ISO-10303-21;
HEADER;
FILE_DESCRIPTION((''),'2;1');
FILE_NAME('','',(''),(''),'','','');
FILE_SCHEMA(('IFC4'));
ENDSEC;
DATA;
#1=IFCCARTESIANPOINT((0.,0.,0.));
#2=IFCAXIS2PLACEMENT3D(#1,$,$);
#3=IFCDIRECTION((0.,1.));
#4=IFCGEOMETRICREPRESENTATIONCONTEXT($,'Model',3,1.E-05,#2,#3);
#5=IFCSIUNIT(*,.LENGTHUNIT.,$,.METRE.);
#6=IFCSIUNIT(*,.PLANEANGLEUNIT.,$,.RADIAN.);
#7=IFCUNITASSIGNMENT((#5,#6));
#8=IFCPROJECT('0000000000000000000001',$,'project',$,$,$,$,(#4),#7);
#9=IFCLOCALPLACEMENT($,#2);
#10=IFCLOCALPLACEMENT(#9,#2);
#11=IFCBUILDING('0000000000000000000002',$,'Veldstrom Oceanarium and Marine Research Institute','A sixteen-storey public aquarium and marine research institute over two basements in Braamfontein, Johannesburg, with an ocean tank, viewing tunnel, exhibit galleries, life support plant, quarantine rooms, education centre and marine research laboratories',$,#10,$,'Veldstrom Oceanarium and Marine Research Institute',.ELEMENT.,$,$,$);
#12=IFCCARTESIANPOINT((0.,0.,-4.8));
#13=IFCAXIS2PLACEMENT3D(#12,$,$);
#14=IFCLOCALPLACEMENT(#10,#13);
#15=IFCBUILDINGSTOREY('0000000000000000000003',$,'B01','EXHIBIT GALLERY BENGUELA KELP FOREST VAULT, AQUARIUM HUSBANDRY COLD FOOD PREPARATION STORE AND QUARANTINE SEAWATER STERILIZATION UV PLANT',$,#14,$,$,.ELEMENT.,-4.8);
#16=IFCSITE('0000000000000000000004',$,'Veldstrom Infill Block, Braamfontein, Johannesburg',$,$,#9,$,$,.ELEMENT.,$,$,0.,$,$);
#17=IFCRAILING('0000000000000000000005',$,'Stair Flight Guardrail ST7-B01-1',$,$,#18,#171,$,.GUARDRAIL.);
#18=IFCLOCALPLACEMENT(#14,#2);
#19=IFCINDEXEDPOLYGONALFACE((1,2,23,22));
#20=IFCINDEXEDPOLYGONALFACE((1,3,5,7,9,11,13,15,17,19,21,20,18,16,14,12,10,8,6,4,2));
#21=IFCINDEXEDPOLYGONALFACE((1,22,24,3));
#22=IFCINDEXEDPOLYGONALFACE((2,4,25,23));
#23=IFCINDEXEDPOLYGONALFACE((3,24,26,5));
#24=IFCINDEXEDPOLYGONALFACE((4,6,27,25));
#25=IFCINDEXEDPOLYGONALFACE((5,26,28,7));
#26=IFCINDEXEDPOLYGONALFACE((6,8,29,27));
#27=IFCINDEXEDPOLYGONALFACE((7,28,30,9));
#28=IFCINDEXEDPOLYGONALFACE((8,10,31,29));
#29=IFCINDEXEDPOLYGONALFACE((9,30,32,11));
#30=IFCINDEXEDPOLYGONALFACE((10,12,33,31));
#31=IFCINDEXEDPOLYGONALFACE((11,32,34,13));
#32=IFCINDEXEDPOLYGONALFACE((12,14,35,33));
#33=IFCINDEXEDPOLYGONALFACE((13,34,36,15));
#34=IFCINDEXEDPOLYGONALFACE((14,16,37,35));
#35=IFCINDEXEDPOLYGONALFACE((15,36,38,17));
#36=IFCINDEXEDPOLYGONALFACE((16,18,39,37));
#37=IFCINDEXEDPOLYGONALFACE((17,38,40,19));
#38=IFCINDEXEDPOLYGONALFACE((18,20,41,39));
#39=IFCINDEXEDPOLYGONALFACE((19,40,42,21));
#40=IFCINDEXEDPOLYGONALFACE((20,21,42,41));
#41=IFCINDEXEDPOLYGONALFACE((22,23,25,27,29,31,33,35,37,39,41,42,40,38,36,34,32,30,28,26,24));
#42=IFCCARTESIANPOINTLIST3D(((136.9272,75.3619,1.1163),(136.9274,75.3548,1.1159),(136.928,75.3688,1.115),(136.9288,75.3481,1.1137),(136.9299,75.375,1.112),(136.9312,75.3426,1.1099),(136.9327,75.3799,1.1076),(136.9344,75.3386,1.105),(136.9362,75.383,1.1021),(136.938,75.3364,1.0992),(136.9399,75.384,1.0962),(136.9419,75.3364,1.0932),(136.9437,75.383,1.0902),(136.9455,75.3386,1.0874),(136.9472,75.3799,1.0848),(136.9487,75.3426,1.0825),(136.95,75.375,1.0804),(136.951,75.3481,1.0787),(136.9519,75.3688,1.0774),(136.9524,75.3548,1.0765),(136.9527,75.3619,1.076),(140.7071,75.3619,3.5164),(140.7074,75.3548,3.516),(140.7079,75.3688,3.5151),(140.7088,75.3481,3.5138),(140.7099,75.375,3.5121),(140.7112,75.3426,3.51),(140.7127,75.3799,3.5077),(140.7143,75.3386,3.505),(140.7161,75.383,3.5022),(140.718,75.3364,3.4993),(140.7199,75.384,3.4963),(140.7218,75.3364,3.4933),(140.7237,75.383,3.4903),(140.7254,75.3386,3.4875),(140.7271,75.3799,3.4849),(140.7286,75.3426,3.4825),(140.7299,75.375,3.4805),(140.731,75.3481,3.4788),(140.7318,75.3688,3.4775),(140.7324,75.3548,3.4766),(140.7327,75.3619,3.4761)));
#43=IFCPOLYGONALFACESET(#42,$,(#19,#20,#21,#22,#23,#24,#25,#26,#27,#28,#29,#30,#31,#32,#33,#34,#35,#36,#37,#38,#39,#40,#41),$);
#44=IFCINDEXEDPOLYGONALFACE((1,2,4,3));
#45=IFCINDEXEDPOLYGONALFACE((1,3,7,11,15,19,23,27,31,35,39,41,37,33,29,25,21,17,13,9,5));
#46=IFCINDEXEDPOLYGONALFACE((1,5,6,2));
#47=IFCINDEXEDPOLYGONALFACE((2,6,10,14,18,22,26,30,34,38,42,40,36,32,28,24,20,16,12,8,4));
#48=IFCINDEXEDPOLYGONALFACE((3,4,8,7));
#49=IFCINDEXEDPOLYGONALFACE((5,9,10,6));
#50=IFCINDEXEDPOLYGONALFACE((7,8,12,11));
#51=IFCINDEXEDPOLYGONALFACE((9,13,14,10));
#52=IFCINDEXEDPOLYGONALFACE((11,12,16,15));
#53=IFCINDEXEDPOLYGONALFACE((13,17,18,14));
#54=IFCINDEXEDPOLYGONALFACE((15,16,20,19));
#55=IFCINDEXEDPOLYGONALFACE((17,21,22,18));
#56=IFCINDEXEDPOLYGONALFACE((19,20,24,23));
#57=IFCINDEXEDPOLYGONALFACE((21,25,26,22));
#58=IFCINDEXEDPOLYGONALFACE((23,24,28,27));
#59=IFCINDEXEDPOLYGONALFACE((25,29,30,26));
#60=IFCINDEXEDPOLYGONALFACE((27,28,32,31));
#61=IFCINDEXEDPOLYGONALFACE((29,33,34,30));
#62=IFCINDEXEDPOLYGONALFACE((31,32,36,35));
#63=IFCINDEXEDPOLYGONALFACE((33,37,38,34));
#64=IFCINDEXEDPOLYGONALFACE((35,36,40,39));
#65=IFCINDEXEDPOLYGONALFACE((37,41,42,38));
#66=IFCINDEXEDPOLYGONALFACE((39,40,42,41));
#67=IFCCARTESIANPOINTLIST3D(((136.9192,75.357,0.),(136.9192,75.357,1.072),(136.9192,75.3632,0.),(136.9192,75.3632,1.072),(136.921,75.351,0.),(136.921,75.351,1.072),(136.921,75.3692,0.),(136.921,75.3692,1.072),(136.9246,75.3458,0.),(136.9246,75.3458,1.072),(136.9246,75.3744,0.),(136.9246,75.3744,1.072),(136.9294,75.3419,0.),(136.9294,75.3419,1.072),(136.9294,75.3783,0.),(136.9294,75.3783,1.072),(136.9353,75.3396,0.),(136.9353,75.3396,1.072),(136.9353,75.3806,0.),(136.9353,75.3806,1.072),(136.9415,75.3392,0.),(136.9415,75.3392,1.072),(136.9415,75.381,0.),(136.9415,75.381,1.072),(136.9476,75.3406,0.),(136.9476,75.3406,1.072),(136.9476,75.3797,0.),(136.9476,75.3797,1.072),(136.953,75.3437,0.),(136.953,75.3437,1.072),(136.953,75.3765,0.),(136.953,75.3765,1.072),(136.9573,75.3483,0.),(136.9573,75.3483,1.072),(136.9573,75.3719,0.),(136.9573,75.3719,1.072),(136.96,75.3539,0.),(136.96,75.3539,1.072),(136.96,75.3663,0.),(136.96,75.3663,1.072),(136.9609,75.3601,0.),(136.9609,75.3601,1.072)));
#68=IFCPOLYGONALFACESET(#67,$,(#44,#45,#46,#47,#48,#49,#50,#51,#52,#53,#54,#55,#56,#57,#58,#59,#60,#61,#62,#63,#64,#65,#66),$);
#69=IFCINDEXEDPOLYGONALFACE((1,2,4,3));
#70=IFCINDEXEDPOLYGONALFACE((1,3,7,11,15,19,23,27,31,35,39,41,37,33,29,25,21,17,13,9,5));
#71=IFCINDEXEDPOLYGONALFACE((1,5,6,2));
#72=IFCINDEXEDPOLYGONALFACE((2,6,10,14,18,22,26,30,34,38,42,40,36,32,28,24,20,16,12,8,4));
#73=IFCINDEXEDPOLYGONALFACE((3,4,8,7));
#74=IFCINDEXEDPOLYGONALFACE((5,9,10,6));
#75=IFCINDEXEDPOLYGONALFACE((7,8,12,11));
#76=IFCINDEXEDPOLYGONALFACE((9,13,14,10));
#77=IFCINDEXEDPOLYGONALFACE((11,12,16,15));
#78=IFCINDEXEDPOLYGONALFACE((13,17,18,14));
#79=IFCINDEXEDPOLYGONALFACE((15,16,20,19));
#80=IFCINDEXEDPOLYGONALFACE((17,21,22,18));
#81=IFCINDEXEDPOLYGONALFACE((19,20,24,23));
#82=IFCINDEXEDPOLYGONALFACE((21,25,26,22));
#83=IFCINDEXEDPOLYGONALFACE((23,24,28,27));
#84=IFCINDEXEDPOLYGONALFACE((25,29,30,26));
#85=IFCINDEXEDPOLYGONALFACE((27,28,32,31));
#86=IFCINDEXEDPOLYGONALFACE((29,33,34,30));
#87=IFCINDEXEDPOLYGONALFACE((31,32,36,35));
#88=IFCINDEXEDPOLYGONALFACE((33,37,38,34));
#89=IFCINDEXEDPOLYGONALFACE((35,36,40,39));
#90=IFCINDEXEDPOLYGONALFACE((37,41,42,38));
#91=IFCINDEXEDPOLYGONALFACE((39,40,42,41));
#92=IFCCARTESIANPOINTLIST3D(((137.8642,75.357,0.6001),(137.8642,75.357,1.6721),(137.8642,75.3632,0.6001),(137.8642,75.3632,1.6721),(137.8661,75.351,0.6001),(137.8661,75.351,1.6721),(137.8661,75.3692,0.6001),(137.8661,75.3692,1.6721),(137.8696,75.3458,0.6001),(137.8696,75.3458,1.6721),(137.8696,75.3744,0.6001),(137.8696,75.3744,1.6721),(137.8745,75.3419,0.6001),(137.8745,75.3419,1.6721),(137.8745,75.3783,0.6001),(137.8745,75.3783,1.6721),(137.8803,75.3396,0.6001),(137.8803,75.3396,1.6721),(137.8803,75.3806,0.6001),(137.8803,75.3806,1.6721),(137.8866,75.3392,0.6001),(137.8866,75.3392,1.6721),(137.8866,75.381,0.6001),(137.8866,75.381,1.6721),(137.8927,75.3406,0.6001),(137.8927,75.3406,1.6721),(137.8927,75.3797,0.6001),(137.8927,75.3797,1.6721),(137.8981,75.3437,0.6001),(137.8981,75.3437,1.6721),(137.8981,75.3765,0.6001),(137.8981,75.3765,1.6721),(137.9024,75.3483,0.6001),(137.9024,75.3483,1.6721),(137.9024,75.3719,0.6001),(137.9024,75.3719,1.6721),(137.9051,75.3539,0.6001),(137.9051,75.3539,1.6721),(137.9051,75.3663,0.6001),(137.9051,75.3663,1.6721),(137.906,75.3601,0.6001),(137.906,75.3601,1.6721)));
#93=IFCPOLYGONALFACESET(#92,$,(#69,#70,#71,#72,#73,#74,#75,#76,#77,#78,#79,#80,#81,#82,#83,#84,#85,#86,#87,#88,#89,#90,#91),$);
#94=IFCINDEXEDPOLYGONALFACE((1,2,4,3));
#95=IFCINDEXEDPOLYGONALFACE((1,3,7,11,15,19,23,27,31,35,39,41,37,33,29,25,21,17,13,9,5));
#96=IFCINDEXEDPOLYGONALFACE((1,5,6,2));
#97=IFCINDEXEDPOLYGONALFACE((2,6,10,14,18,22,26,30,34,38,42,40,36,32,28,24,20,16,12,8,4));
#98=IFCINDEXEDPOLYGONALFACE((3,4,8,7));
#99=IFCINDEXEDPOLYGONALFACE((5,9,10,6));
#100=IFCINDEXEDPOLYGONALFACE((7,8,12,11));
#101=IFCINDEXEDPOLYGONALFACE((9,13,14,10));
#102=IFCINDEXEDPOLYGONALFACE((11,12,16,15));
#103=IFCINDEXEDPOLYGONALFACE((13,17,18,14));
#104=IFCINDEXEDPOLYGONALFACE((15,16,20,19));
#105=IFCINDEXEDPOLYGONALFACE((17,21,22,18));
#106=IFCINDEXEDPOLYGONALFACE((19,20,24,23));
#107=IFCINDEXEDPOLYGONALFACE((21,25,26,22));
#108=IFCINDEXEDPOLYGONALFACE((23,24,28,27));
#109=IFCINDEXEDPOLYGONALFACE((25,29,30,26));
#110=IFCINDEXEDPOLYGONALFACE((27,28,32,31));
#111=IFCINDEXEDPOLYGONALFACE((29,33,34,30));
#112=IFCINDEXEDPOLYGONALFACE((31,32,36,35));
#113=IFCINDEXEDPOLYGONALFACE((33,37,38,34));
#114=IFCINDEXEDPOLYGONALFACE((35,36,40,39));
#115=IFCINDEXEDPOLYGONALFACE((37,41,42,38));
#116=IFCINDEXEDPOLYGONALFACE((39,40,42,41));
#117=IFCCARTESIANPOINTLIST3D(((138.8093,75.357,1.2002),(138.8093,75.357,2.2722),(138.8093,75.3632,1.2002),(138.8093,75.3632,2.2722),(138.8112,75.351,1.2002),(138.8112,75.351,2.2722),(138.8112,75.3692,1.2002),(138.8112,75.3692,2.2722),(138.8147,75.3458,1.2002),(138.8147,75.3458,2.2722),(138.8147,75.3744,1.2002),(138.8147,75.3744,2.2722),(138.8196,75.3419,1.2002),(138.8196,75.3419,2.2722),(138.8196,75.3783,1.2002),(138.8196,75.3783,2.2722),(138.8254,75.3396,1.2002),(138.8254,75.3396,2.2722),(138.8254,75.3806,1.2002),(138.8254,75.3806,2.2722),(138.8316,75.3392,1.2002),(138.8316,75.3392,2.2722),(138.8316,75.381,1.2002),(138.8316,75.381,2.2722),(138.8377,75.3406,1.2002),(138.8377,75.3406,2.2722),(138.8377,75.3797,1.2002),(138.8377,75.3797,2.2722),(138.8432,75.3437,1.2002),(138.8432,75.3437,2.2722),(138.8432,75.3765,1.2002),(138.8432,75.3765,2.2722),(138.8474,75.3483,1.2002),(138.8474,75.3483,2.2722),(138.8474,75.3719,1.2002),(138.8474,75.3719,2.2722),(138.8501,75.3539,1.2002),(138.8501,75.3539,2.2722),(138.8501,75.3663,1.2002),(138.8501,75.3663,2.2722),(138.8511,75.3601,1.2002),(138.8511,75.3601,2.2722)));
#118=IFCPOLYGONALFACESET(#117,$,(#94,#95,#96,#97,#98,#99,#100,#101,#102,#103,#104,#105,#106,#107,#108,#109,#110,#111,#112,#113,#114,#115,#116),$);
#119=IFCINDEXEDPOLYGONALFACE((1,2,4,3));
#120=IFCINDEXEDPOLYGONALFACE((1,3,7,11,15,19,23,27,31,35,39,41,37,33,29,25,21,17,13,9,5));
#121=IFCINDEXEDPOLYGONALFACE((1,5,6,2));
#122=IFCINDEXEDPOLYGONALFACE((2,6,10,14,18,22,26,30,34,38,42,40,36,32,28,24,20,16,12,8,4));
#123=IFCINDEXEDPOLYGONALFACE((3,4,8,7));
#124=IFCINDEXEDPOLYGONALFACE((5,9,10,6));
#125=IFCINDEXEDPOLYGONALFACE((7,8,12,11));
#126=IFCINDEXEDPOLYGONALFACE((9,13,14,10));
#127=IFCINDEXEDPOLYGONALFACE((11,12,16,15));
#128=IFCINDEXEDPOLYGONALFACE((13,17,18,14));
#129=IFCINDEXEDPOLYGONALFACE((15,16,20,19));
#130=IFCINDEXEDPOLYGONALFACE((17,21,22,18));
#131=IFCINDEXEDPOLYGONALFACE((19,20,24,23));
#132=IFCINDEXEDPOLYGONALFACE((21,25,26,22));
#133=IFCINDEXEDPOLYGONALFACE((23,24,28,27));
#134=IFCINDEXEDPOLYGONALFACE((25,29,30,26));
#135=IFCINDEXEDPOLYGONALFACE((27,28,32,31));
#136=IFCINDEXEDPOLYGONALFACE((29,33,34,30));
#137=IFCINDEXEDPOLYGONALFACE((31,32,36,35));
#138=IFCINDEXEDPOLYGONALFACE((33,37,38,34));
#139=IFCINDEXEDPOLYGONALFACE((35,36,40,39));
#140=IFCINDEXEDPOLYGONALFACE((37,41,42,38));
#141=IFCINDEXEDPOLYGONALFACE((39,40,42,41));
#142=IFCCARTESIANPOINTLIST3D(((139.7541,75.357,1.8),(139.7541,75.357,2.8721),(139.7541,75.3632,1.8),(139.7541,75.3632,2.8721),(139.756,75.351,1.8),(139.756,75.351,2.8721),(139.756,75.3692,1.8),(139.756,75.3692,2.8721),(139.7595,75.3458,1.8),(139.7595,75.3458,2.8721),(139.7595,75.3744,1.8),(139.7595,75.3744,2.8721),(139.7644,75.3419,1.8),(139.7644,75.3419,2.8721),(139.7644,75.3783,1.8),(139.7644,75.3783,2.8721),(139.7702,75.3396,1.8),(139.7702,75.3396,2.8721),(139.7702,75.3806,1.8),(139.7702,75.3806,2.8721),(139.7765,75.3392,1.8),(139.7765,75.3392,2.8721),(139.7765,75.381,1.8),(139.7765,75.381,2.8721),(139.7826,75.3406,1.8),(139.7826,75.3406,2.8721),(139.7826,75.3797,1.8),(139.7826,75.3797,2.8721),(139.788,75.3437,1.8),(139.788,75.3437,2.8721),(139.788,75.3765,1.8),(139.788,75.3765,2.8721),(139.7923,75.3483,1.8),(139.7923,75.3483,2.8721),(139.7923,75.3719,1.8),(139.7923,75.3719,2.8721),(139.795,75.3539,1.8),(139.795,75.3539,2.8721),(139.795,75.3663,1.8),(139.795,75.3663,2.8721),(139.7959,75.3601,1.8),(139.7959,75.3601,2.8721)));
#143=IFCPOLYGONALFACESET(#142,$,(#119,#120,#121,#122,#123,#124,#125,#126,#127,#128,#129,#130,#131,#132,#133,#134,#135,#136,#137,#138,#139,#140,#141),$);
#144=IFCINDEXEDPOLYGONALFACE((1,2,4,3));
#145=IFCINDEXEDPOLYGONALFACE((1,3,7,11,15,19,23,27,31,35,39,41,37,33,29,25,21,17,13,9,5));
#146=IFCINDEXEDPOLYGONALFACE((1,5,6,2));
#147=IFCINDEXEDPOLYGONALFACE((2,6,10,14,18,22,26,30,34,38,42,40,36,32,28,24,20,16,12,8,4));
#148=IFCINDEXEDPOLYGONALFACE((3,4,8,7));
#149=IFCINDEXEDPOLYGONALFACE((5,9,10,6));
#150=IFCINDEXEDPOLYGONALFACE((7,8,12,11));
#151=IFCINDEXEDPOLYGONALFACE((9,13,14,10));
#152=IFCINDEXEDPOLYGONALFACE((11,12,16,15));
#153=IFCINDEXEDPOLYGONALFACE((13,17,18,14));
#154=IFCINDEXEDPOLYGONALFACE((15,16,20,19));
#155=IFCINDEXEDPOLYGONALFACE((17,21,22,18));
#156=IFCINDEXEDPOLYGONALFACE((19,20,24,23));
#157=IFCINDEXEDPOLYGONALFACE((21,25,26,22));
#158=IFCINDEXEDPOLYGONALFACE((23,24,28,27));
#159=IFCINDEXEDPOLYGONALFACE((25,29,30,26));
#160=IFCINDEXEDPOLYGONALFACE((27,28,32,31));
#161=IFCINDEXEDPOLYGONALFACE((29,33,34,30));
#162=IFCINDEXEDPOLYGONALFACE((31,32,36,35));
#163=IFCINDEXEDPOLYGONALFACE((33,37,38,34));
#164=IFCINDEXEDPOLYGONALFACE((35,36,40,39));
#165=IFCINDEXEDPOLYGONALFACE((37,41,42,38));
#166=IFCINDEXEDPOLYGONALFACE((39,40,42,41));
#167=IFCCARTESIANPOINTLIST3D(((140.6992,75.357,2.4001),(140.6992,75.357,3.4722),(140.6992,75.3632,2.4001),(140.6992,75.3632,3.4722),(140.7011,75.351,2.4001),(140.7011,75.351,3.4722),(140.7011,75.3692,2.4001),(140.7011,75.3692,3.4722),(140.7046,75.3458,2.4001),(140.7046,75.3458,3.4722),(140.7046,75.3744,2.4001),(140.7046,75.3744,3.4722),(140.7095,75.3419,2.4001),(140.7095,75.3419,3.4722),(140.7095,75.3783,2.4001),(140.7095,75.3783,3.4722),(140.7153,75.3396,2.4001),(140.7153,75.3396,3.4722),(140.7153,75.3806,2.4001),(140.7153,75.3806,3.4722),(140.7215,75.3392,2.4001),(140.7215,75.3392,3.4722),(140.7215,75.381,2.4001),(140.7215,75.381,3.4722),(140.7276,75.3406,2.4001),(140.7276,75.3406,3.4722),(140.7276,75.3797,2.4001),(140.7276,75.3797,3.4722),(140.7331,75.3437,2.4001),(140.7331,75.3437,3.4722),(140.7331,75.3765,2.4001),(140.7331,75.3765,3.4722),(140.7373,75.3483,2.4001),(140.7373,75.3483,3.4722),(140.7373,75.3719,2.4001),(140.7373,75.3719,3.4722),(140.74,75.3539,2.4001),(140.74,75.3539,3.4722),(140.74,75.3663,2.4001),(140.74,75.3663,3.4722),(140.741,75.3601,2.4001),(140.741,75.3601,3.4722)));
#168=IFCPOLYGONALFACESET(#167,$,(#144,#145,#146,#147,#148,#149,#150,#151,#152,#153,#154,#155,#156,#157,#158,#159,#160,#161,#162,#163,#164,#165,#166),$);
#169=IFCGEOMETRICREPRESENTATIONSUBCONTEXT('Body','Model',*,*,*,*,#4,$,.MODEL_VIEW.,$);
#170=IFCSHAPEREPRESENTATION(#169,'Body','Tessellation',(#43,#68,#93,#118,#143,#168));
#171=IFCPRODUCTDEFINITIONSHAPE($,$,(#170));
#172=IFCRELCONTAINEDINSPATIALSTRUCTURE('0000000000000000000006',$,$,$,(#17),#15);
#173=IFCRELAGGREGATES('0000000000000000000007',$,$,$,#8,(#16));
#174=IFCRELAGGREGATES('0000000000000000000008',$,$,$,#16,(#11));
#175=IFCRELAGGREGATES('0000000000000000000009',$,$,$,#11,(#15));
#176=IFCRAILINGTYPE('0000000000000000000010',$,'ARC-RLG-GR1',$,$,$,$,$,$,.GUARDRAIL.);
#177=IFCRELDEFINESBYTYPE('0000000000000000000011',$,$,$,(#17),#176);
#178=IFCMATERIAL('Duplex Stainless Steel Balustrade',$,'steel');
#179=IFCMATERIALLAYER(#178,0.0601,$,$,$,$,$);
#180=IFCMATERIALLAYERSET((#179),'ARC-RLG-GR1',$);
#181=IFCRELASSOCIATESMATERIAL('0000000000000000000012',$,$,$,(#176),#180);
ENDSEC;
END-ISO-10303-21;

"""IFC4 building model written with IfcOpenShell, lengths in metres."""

from ifc_helpers import new_model, si_unit, direction, frame, origin, origin_2d, place, context, subcontext, project, spatial, circle, extrude, material, layer, layer_set, type_object, element, save


model = new_model("IFC4")

# Units and contexts
model_context = context("Model", 3, precision=1e-05, world=origin(), true_north=direction((0.0, 1.0)))
body_context = subcontext(model_context, "Body", "Model", "MODEL_VIEW")
ifc_project = project(units=[si_unit("LENGTHUNIT", "METRE"), si_unit("PLANEANGLEUNIT", "RADIAN")], contexts=[model_context])

# Site, building, storey
site_placement = place(None, origin())
site = spatial("IfcSite", under=ifc_project, at=site_placement, Name="Veldstrom Infill Block, Braamfontein, Johannesburg", CompositionType="ELEMENT", RefElevation=0.0)
building_placement = place(site_placement, origin())
building = spatial("IfcBuilding", under=site, at=building_placement, Name="Veldstrom Oceanarium and Marine Research Institute", Description="A sixteen-storey public aquarium and marine research institute over two basements in Braamfontein, Johannesburg, with an ocean tank, viewing tunnel, exhibit galleries, life support plant, quarantine rooms, education centre and marine research laboratories", LongName="Veldstrom Oceanarium and Marine Research Institute", CompositionType="ELEMENT")
storey_placement = place(building_placement, frame((0.0, 0.0, -4.8)))
storey = spatial("IfcBuildingStorey", under=building, at=storey_placement, Name="B01", Description="EXHIBIT GALLERY BENGUELA KELP FOREST VAULT, AQUARIUM HUSBANDRY COLD FOOD PREPARATION STORE AND QUARANTINE SEAWATER STERILIZATION UV PLANT", CompositionType="ELEMENT", Elevation=-4.8)

# Railing
ifc_material_1 = material(Name="Duplex Stainless Steel Balustrade", Category="steel")
ifc_layer_1 = layer(ifc_material_1, 0.0601)
ifc_layer_set_1 = layer_set([ifc_layer_1], Name="ARC-RLG-GR1")
railing_type_1 = type_object("IfcRailingType", Name="ARC-RLG-GR1", PredefinedType="GUARDRAIL", material=ifc_layer_set_1)
railing_1_placement = place(storey_placement, frame((136.9399, 75.3601, 0.0)))
element("IfcRailing", 1, at=railing_1_placement, inside=storey, type_object=railing_type_1, Name="Stair Flight Guardrail ST7-B01-1", PredefinedType="GUARDRAIL", context=body_context, shape_type="SweptSolid", body=[
    extrude(circle(Radius=0.0239, at=origin_2d()), frame((0.0, 0.0, 1.0962), z_axis=(0.8442, 0.0, 0.536028), x_axis=(0.0, 1.0, 0.0)), (0.0, 0.0, 1.0), 4.4775),
    extrude(circle(Radius=0.021, at=origin_2d()), origin(), (0.0, 0.0, 1.0), 1.072),
    extrude(circle(Radius=0.021, at=origin_2d()), frame((0.9451, 0.0, 0.6001)), (0.0, 0.0, 1.0), 1.072),
    extrude(circle(Radius=0.021, at=origin_2d()), frame((1.8901, 0.0, 1.2002)), (0.0, 0.0, 1.0), 1.072),
    extrude(circle(Radius=0.021, at=origin_2d()), frame((2.835, 0.0, 1.8)), (0.0, 0.0, 1.0), 1.072),
    extrude(circle(Radius=0.021, at=origin_2d()), frame((3.78, 0.0, 2.4001)), (0.0, 0.0, 1.0), 1.072),
])

save(model, "model.ifc")
